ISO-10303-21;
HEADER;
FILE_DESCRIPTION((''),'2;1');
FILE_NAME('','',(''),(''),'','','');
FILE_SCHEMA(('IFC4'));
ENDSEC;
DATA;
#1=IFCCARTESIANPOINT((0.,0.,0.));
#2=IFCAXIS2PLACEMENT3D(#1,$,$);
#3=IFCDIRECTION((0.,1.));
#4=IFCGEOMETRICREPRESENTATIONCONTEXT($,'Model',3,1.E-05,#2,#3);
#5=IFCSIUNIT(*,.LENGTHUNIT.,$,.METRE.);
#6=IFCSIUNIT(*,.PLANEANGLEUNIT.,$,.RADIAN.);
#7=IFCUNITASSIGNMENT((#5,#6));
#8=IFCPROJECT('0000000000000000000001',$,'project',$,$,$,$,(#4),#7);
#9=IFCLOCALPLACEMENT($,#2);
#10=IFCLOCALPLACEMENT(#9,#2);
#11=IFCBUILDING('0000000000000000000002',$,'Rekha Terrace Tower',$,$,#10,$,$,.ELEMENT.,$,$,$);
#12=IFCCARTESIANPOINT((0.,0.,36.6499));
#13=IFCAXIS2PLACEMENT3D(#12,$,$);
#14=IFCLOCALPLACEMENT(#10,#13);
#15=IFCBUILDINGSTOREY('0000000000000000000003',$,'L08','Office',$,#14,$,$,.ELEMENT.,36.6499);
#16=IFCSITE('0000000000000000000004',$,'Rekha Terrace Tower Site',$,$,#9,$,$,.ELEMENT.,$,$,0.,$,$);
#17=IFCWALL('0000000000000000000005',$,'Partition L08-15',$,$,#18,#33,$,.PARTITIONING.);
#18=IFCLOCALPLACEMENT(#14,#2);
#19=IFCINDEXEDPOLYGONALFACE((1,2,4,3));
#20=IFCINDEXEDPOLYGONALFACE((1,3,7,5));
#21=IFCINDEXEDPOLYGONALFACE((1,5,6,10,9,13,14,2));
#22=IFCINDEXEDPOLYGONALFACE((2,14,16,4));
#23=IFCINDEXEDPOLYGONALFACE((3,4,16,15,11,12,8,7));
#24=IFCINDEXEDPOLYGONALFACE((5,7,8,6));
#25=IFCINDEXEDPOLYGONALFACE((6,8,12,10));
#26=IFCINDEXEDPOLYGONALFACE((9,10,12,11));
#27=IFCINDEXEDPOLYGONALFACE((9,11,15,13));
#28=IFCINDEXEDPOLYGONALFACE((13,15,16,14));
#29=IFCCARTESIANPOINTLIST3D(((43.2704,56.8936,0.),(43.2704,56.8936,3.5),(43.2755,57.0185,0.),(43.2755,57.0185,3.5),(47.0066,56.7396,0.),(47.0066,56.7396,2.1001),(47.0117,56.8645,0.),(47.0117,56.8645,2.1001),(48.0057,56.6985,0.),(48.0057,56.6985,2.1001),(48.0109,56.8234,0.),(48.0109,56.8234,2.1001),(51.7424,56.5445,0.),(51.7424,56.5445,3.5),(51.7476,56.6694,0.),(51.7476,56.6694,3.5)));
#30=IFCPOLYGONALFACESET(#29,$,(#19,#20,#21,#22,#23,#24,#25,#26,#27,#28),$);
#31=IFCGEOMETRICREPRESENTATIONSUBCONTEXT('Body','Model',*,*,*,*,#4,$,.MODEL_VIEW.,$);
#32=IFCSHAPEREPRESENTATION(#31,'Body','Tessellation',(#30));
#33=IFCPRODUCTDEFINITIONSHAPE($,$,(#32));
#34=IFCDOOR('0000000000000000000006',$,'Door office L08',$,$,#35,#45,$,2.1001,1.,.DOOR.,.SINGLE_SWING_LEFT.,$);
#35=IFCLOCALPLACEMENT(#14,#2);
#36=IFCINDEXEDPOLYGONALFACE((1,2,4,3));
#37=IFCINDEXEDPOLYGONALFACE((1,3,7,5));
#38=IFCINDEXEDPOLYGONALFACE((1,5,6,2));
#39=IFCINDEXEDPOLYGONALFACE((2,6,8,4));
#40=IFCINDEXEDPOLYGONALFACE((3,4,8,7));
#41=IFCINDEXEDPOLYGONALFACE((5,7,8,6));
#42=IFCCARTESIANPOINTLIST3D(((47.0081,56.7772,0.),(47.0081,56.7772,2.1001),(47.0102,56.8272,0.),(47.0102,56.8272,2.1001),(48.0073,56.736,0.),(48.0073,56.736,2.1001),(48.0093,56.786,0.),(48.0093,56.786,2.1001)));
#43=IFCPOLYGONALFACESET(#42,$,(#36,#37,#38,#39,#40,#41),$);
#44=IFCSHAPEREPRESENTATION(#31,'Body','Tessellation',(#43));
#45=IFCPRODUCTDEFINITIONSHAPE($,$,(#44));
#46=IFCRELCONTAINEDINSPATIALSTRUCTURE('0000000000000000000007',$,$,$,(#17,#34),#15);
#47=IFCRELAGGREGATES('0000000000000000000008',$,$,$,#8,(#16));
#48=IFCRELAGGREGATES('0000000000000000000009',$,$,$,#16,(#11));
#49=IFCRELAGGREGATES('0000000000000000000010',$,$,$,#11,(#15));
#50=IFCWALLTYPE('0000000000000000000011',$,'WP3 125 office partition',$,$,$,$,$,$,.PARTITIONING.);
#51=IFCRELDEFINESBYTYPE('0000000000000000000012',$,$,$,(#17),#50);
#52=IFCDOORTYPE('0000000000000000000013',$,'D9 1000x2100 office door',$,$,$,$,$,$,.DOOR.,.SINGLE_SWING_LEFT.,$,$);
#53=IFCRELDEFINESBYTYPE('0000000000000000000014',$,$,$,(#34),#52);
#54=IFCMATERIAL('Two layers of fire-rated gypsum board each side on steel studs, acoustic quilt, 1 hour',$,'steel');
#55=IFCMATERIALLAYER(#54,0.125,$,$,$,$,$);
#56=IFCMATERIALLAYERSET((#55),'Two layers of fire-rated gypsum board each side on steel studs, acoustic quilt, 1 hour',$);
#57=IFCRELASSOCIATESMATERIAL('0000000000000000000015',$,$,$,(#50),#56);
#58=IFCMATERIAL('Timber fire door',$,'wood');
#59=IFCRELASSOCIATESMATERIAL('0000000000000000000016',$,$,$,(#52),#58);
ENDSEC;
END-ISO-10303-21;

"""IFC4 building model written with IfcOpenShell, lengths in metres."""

from ifc_helpers import new_model, si_unit, direction, frame, frame_2d, origin, place, context, subcontext, project, spatial, rectangle, extrude, material, layer, layer_set, type_object, element, fill, save


model = new_model("IFC4")

# Units and contexts
model_context = context("Model", 3, precision=1e-05, world=origin(), true_north=direction((0.0, 1.0)))
body_context = subcontext(model_context, "Body", "Model", "MODEL_VIEW")
ifc_project = project(units=[si_unit("LENGTHUNIT", "METRE"), si_unit("PLANEANGLEUNIT", "RADIAN")], contexts=[model_context])

# Site, building, storey
site_placement = place(None, origin())
site = spatial("IfcSite", under=ifc_project, at=site_placement, Name="Rekha Terrace Tower Site", CompositionType="ELEMENT", RefElevation=0.0)
building_placement = place(site_placement, origin())
building = spatial("IfcBuilding", under=site, at=building_placement, Name="Rekha Terrace Tower", CompositionType="ELEMENT")
storey_placement = place(building_placement, frame((0.0, 0.0, 36.6499)))
storey = spatial("IfcBuildingStorey", under=building, at=storey_placement, Name="L08", Description="Office", CompositionType="ELEMENT", Elevation=36.6499)

# Shared definitions
ifc_material_1 = material(Name="Two layers of fire-rated gypsum board each side on steel studs, acoustic quilt, 1 hour", Category="steel")
ifc_layer_1 = layer(ifc_material_1, 0.125)
ifc_layer_set_1 = layer_set([ifc_layer_1], Name="Two layers of fire-rated gypsum board each side on steel studs, acoustic quilt, 1 hour")
wall_type_1 = type_object("IfcWallType", Name="WP3 125 office partition", PredefinedType="PARTITIONING", material=ifc_layer_set_1)

# Shared definitions
ifc_material_2 = material(Name="Timber fire door", Category="wood")
door_type = type_object("IfcDoorType", Name="D9 1000x2100 office door", OperationType="SINGLE_SWING_LEFT", PredefinedType="DOOR", material=ifc_material_2)

# Wall, opening, door
wall_1_placement = place(storey_placement, frame((51.7451, 56.6069, 0.0), z_axis=(0.0, 0.0, 1.0), x_axis=(-0.999152, 0.041173, 0.0)))
wall_1 = element("IfcWall", 1, at=wall_1_placement, inside=storey, type_object=wall_type_1, Name="Partition L08-15", PredefinedType="PARTITIONING", context=body_context, shape_type="SweptSolid", body=[
    extrude(rectangle(XDim=8.4792, YDim=0.125, at=frame_2d((4.2397, 0.0))), origin(), (0.0, 0.0, 1.0), 3.5),
])
opening_1_placement = place(wall_1_placement, frame((3.74, 0.0, 0.0)))
opening_1 = element("IfcOpeningElement", 2, at=opening_1_placement, cuts=wall_1, PredefinedType="OPENING", context=body_context, shape_type="SweptSolid", body=[
    extrude(rectangle(XDim=1.0, YDim=2.1001, at=frame_2d((0.5, 1.05))), frame((0.0, 0.0725, 0.0), z_axis=(0.0, -1.0, 0.0), x_axis=(1.0, 0.0, 0.0)), (0.0, 0.0, 1.0), 0.145),
])
door_1_placement = place(opening_1_placement, origin())
door_1 = element("IfcDoor", 3, at=door_1_placement, inside=storey, type_object=door_type, Name="Door office L08", OperationType="SINGLE_SWING_LEFT", OverallHeight=2.1001, OverallWidth=1.0, PredefinedType="DOOR", context=body_context, shape_type="SweptSolid", body=[
    extrude(rectangle(XDim=1.0, YDim=2.1001, at=frame_2d((0.5, 1.05))), frame((0.0, 0.0249, 0.0), z_axis=(0.0, -1.0, 0.0), x_axis=(1.0, 0.0, 0.0)), (0.0, 0.0, 1.0), 0.05),
])
fill(opening_1, door_1)

save(model, "model.ifc")
